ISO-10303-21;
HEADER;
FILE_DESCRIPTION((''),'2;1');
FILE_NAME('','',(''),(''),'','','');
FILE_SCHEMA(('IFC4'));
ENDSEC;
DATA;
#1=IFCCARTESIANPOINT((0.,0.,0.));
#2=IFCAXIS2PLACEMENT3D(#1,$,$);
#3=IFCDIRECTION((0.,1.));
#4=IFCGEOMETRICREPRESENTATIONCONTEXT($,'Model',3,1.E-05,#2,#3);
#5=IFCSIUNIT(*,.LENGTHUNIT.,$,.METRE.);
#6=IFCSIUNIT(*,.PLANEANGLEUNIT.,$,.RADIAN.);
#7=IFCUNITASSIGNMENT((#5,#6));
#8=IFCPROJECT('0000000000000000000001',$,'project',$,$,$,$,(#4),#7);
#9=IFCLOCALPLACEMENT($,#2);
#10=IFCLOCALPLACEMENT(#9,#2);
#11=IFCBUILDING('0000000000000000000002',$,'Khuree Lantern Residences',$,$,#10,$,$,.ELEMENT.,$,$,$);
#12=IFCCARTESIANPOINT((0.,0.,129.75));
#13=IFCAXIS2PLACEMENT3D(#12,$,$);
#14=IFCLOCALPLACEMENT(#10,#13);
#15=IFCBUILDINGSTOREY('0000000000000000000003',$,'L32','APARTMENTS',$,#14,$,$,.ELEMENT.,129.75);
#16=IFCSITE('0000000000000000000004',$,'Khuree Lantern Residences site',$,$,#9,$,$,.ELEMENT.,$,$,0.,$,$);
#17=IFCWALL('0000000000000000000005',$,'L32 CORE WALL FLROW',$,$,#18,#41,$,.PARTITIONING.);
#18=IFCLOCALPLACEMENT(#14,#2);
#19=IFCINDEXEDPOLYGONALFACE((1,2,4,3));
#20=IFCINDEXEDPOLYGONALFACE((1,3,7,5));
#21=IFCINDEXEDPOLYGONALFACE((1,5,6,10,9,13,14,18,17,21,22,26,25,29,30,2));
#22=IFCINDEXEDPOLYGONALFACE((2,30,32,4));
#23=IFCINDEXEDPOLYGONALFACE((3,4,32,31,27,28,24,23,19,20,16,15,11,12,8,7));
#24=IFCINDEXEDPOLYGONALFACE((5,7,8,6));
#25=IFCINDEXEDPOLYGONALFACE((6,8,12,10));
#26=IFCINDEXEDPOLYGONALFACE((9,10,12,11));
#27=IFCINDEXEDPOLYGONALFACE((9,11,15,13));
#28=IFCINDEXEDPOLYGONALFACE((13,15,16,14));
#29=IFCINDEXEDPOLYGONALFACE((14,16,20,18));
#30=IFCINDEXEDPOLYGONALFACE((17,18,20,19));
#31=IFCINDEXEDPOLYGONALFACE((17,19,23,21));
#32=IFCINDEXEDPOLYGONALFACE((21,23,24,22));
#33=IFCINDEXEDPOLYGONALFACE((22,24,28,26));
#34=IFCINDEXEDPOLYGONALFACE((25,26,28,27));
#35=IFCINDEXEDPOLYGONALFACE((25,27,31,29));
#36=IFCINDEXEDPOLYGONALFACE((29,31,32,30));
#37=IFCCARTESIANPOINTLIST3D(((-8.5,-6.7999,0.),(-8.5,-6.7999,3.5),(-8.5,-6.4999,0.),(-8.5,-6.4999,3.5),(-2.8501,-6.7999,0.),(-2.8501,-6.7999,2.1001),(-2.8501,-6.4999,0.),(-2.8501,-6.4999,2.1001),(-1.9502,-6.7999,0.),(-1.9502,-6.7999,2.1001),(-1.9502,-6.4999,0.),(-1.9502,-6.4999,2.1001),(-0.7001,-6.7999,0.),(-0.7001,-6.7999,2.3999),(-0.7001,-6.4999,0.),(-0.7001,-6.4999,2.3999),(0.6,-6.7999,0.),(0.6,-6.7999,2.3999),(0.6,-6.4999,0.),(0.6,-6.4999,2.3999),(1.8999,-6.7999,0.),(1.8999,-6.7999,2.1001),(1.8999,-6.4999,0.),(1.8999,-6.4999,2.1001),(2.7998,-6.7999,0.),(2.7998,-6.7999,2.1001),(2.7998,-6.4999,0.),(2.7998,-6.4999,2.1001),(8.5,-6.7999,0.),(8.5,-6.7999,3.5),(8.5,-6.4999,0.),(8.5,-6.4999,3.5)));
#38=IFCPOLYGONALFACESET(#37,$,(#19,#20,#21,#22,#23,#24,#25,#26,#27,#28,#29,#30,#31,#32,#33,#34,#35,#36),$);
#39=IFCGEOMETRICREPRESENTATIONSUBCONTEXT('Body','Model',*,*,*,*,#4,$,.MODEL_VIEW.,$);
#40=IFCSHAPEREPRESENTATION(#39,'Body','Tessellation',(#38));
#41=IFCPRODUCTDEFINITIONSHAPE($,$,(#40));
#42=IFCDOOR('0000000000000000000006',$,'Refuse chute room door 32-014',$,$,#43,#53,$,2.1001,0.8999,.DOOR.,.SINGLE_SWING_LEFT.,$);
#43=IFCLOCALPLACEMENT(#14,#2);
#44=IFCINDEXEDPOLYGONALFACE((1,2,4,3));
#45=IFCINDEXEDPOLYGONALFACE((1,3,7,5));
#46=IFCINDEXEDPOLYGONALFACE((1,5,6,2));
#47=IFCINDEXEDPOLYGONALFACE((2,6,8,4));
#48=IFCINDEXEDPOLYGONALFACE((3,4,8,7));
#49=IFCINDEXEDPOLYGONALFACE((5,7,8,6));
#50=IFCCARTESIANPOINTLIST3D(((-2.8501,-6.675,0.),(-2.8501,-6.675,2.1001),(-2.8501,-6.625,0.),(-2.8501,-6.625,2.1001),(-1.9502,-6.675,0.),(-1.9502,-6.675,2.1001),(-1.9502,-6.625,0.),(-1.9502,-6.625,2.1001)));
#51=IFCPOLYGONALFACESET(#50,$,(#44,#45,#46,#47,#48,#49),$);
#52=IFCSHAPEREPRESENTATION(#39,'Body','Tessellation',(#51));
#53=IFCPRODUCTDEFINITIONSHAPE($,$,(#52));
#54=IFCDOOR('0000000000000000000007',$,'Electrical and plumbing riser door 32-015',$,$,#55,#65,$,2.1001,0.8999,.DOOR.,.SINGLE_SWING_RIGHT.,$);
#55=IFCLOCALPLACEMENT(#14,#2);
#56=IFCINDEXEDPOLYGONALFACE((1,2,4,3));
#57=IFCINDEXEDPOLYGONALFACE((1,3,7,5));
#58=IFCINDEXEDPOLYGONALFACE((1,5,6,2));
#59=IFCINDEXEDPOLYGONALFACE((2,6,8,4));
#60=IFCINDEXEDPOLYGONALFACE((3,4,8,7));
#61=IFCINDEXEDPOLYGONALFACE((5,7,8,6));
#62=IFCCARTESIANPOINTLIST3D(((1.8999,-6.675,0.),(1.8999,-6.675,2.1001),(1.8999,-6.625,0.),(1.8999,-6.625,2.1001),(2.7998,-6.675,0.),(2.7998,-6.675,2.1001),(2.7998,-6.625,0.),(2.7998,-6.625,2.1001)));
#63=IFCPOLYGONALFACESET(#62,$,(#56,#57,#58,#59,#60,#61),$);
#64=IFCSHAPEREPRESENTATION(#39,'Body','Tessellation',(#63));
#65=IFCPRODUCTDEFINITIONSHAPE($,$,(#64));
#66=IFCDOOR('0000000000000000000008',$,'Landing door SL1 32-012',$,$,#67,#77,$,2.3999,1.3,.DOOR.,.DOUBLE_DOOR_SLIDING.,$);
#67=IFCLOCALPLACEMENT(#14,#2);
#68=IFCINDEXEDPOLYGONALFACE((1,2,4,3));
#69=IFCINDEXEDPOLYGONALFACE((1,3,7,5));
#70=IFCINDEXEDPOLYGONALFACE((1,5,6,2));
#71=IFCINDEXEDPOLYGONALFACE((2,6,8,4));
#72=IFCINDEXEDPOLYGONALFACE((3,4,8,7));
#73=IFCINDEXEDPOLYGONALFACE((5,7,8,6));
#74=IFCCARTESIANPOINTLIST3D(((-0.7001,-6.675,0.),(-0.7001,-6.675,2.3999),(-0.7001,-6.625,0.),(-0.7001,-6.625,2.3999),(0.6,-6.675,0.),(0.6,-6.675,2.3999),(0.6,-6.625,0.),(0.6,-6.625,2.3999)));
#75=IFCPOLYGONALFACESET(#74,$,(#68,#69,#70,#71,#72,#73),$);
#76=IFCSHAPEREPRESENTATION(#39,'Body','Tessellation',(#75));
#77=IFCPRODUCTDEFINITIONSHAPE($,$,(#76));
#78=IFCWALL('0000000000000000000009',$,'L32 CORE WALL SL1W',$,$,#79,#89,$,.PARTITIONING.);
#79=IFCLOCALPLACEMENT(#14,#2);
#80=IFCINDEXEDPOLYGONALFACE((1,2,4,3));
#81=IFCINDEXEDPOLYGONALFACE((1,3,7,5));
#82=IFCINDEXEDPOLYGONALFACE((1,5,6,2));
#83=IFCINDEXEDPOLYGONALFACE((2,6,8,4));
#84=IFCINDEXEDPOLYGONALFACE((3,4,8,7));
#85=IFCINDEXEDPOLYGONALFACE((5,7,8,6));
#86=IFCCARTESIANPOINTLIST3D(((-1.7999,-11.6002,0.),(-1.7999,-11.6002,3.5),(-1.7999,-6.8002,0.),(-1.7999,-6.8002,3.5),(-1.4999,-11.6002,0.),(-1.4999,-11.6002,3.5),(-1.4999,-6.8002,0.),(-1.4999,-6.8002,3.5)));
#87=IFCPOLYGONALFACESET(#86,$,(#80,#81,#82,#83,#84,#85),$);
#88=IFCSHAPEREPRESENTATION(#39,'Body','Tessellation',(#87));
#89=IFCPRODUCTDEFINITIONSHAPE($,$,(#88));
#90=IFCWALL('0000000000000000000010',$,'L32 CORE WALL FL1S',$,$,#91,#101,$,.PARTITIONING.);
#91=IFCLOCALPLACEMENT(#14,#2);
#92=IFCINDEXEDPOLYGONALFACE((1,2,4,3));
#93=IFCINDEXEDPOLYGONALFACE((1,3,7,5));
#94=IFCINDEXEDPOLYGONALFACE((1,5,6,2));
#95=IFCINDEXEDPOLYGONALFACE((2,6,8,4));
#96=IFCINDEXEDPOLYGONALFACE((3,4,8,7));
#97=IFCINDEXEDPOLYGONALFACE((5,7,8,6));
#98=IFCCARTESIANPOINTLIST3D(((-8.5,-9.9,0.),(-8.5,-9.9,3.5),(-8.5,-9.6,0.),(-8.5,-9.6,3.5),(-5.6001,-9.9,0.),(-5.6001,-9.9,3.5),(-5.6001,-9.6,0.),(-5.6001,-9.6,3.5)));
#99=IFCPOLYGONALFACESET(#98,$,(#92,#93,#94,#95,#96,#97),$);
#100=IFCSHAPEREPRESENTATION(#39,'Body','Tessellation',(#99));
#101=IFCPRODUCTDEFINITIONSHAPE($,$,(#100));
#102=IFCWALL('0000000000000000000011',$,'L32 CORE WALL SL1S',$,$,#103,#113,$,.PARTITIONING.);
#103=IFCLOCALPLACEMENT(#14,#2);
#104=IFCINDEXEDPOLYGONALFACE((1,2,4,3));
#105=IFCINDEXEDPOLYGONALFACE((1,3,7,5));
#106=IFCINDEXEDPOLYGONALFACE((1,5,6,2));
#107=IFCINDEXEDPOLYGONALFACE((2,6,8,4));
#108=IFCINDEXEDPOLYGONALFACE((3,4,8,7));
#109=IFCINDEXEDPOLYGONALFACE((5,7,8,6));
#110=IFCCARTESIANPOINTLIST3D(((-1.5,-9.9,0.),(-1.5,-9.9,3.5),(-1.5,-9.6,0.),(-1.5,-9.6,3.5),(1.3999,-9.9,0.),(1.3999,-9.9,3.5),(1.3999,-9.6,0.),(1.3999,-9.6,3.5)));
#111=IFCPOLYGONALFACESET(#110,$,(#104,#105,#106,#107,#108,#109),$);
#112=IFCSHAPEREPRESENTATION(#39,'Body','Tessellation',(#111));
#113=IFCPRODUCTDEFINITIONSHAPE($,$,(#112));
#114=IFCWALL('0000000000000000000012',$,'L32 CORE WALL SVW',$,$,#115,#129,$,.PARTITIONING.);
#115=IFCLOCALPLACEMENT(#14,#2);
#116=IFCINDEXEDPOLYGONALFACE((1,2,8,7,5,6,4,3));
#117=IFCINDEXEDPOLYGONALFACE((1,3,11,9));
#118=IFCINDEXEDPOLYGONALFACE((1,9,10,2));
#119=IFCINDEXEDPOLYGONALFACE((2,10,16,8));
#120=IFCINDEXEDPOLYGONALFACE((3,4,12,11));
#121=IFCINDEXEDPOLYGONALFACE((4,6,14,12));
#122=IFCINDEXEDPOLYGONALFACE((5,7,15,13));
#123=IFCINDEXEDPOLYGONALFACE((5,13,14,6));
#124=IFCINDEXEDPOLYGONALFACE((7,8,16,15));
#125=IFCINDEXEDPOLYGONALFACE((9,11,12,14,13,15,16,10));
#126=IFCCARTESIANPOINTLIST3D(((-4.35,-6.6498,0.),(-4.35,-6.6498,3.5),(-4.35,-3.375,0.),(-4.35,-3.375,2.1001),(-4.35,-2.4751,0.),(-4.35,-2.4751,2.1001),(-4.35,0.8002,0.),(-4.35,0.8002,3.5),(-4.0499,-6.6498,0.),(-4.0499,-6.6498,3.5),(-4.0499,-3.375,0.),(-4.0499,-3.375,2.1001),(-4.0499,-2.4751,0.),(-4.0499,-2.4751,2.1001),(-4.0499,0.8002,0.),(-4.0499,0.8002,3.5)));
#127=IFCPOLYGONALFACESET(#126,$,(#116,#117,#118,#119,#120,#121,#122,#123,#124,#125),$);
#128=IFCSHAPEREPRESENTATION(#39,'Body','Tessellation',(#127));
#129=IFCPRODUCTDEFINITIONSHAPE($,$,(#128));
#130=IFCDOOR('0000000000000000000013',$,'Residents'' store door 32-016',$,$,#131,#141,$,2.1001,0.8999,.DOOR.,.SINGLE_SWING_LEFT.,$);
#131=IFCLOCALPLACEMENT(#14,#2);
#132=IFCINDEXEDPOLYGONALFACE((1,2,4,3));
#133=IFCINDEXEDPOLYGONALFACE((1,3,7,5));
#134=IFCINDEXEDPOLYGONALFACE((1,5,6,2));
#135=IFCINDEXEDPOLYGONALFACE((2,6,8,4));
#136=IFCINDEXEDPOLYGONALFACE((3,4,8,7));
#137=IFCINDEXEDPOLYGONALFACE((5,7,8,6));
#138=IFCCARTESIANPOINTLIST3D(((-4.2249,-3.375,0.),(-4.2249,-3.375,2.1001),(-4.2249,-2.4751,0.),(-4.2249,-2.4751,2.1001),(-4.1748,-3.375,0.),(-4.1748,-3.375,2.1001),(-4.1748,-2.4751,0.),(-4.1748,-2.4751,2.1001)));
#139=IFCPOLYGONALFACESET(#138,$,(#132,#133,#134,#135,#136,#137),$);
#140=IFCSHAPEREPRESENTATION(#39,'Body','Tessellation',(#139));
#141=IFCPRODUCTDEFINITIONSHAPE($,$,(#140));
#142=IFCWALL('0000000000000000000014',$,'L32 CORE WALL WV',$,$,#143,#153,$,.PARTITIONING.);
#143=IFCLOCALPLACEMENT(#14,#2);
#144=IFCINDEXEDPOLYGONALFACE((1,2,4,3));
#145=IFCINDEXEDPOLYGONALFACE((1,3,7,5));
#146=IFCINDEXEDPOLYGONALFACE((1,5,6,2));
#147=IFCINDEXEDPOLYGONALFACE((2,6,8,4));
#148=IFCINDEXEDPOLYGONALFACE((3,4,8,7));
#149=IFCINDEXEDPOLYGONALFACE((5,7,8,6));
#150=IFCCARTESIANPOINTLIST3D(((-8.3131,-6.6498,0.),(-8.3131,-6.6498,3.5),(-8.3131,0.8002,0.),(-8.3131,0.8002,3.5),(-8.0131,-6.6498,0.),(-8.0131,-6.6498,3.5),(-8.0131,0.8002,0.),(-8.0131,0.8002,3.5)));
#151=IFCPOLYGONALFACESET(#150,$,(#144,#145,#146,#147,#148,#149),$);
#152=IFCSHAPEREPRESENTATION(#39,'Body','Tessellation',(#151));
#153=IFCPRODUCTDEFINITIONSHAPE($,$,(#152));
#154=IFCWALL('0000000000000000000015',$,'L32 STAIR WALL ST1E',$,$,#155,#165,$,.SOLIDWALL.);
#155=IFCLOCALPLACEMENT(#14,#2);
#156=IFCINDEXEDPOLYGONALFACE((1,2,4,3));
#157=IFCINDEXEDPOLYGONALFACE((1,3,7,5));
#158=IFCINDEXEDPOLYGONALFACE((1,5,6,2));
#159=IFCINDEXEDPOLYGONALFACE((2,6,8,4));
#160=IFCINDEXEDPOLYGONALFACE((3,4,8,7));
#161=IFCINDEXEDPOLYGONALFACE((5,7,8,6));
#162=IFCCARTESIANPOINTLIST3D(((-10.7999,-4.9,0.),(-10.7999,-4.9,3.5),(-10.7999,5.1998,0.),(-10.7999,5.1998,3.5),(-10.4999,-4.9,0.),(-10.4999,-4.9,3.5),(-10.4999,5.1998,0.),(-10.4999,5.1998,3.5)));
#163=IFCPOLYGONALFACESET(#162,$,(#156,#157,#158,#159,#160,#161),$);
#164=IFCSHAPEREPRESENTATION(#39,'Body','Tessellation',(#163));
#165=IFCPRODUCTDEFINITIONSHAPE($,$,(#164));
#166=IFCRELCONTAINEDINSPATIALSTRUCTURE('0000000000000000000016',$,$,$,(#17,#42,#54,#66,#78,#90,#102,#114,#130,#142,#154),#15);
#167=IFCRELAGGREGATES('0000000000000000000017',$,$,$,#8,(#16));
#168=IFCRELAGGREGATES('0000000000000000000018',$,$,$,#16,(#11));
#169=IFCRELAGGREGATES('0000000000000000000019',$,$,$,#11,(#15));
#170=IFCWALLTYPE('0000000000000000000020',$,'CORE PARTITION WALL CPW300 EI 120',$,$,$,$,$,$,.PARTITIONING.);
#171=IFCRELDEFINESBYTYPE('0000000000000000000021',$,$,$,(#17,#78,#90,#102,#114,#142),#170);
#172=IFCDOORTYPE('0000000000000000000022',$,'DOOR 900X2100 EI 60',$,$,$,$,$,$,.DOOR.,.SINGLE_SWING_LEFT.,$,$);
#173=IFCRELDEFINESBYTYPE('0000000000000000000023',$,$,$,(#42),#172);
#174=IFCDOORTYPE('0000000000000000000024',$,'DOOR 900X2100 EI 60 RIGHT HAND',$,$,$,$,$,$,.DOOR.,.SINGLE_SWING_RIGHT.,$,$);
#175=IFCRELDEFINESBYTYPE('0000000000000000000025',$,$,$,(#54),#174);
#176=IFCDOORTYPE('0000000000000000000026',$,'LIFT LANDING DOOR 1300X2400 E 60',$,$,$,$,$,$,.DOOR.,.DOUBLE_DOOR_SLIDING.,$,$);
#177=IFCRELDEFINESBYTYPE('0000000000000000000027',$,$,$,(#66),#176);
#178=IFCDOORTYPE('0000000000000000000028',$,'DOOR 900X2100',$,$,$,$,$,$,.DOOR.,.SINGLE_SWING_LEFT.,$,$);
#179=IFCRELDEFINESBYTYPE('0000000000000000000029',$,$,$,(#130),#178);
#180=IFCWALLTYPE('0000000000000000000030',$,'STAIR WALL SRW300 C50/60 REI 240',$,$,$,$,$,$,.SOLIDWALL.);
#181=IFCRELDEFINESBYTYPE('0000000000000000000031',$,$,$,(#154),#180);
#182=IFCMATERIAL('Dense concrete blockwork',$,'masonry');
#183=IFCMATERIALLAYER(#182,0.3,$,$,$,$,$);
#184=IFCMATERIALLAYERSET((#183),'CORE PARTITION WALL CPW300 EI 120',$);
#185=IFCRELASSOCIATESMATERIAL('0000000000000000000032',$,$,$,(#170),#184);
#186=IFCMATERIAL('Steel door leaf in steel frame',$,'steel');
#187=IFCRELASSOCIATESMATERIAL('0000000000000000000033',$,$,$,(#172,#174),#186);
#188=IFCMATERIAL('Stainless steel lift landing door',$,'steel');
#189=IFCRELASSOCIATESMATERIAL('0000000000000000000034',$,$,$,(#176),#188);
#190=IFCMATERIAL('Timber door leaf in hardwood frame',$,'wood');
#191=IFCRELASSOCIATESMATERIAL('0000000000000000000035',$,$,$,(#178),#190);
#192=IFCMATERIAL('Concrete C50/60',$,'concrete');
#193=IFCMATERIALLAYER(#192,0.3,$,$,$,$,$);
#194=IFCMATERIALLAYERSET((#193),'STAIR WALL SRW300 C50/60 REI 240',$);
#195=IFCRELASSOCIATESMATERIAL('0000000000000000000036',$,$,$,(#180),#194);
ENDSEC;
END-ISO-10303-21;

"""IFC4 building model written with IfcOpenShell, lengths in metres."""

from ifc_helpers import new_model, si_unit, direction, frame, frame_2d, origin, place, context, subcontext, project, spatial, rectangle, extrude, material, layer, layer_set, type_object, element, fill, save


model = new_model("IFC4")

# Units and contexts
model_context = context("Model", 3, precision=1e-05, world=origin(), true_north=direction((0.0, 1.0)))
body_context = subcontext(model_context, "Body", "Model", "MODEL_VIEW")
ifc_project = project(units=[si_unit("LENGTHUNIT", "METRE"), si_unit("PLANEANGLEUNIT", "RADIAN")], contexts=[model_context])

# Site, building, storey
site_placement = place(None, origin())
site = spatial("IfcSite", under=ifc_project, at=site_placement, Name="Khuree Lantern Residences site", CompositionType="ELEMENT", RefElevation=0.0)
building_placement = place(site_placement, origin())
building = spatial("IfcBuilding", under=site, at=building_placement, Name="Khuree Lantern Residences", CompositionType="ELEMENT")
storey_placement = place(building_placement, frame((0.0, 0.0, 129.75)))
storey = spatial("IfcBuildingStorey", under=building, at=storey_placement, Name="L32", Description="APARTMENTS", CompositionType="ELEMENT", Elevation=129.75)

# Wall, openings, doors
ifc_material_1 = material(Name="Dense concrete blockwork", Category="masonry")
ifc_layer_1 = layer(ifc_material_1, 0.3)
ifc_layer_set_1 = layer_set([ifc_layer_1], Name="CORE PARTITION WALL CPW300 EI 120")
wall_type_1 = type_object("IfcWallType", Name="CORE PARTITION WALL CPW300 EI 120", PredefinedType="PARTITIONING", material=ifc_layer_set_1)
wall_1_placement = place(storey_placement, frame((-8.5, -6.6499, 0.0), z_axis=(0.0, 0.0, 1.0), x_axis=(1.0, 0.0, 0.0)))
wall_1 = element("IfcWall", 1, at=wall_1_placement, inside=storey, type_object=wall_type_1, Name="L32 CORE WALL FLROW", PredefinedType="PARTITIONING", context=body_context, shape_type="SweptSolid", body=[
    extrude(rectangle(XDim=17.0, YDim=0.3, at=frame_2d((8.5, 0.0))), origin(), (0.0, 0.0, 1.0), 3.5),
])
opening_1_placement = place(wall_1_placement, frame((7.8, 0.0, 0.0)))
opening_1 = element("IfcOpeningElement", 2, at=opening_1_placement, cuts=wall_1, PredefinedType="OPENING", context=body_context, shape_type="SweptSolid", body=[
    extrude(rectangle(XDim=1.3, YDim=2.3999, at=frame_2d((0.6499, 1.2))), frame((0.0, 0.1602, 0.0), z_axis=(0.0, -1.0, 0.0), x_axis=(1.0, 0.0, 0.0)), (0.0, 0.0, 1.0), 0.3201),
])
opening_2_placement = place(wall_1_placement, frame((5.6499, 0.0, 0.0)))
opening_2 = element("IfcOpeningElement", 3, at=opening_2_placement, cuts=wall_1, PredefinedType="OPENING", context=body_context, shape_type="SweptSolid", body=[
    extrude(rectangle(XDim=0.8999, YDim=2.1001, at=frame_2d((0.45, 1.05))), frame((0.0, 0.1602, 0.0), z_axis=(0.0, -1.0, 0.0), x_axis=(1.0, 0.0, 0.0)), (0.0, 0.0, 1.0), 0.3201),
])
opening_3_placement = place(wall_1_placement, frame((10.3999, 0.0, 0.0)))
opening_3 = element("IfcOpeningElement", 4, at=opening_3_placement, cuts=wall_1, PredefinedType="OPENING", context=body_context, shape_type="SweptSolid", body=[
    extrude(rectangle(XDim=0.8999, YDim=2.1001, at=frame_2d((0.45, 1.05))), frame((0.0, 0.1602, 0.0), z_axis=(0.0, -1.0, 0.0), x_axis=(1.0, 0.0, 0.0)), (0.0, 0.0, 1.0), 0.3201),
])
ifc_material_2 = material(Name="Steel door leaf in steel frame", Category="steel")
door_type_1 = type_object("IfcDoorType", Name="DOOR 900X2100 EI 60", OperationType="SINGLE_SWING_LEFT", PredefinedType="DOOR", material=ifc_material_2)
door_1_placement = place(opening_2_placement, origin())
door_1 = element("IfcDoor", 5, at=door_1_placement, inside=storey, type_object=door_type_1, Name="Refuse chute room door 32-014", OperationType="SINGLE_SWING_LEFT", OverallHeight=2.1001, OverallWidth=0.8999, PredefinedType="DOOR", context=body_context, shape_type="SweptSolid", body=[
    extrude(rectangle(XDim=0.8999, YDim=2.1001, at=frame_2d((0.45, 1.05))), frame((0.0, 0.0249, 0.0), z_axis=(0.0, -1.0, 0.0), x_axis=(1.0, 0.0, 0.0)), (0.0, 0.0, 1.0), 0.05),
])
fill(opening_2, door_1)
door_type_2 = type_object("IfcDoorType", Name="DOOR 900X2100 EI 60 RIGHT HAND", OperationType="SINGLE_SWING_RIGHT", PredefinedType="DOOR", material=ifc_material_2)
door_2_placement = place(opening_3_placement, origin())
door_2 = element("IfcDoor", 6, at=door_2_placement, inside=storey, type_object=door_type_2, Name="Electrical and plumbing riser door 32-015", OperationType="SINGLE_SWING_RIGHT", OverallHeight=2.1001, OverallWidth=0.8999, PredefinedType="DOOR", context=body_context, shape_type="SweptSolid", body=[
    extrude(rectangle(XDim=0.8999, YDim=2.1001, at=frame_2d((0.45, 1.05))), frame((0.0, 0.0249, 0.0), z_axis=(0.0, -1.0, 0.0), x_axis=(1.0, 0.0, 0.0)), (0.0, 0.0, 1.0), 0.05),
])
fill(opening_3, door_2)
ifc_material_3 = material(Name="Stainless steel lift landing door", Category="steel")
door_type_3 = type_object("IfcDoorType", Name="LIFT LANDING DOOR 1300X2400 E 60", OperationType="DOUBLE_DOOR_SLIDING", PredefinedType="DOOR", material=ifc_material_3)
door_3_placement = place(opening_1_placement, origin())
door_3 = element("IfcDoor", 7, at=door_3_placement, inside=storey, type_object=door_type_3, Name="Landing door SL1 32-012", OperationType="DOUBLE_DOOR_SLIDING", OverallHeight=2.3999, OverallWidth=1.3, PredefinedType="DOOR", context=body_context, shape_type="SweptSolid", body=[
    extrude(rectangle(XDim=1.3, YDim=2.3999, at=frame_2d((0.6499, 1.2))), frame((0.0, 0.0249, 0.0), z_axis=(0.0, -1.0, 0.0), x_axis=(1.0, 0.0, 0.0)), (0.0, 0.0, 1.0), 0.05),
])
fill(opening_1, door_3)

# Walls
wall_2_placement = place(storey_placement, frame((-1.6499, -11.6001, 0.0), z_axis=(0.0, 0.0, 1.0), x_axis=(0.0, 1.0, 0.0)))
element("IfcWall", 8, at=wall_2_placement, inside=storey, type_object=wall_type_1, Name="L32 CORE WALL SL1W", PredefinedType="PARTITIONING", context=body_context, shape_type="SweptSolid", body=[
    extrude(rectangle(XDim=4.8, YDim=0.3, at=frame_2d((2.3999, 0.0))), origin(), (0.0, 0.0, 1.0), 3.5),
])
for number, where, z_axis, x_axis, name in (
    (9, (-8.5, -9.75, 0.0), (0.0, 0.0, 1.0), (1.0, 0.0, 0.0), "L32 CORE WALL FL1S"),
    (10, (-1.5, -9.75, 0.0), (0.0, 0.0, 1.0), (1.0, 0.0, 0.0), "L32 CORE WALL SL1S"),
):
    element("IfcWall", number, at=place(storey_placement, frame(where, z_axis=z_axis, x_axis=x_axis)), inside=storey, type_object=wall_type_1, Name=name, PredefinedType="PARTITIONING", context=body_context, shape_type="SweptSolid", body=[
        extrude(rectangle(XDim=2.8999, YDim=0.3, at=frame_2d((1.45, 0.0))), origin(), (0.0, 0.0, 1.0), 3.5),
    ])

# Wall, opening, door
wall_3_placement = place(storey_placement, frame((-4.2, -6.6499, 0.0), z_axis=(0.0, 0.0, 1.0), x_axis=(0.0, 1.0, 0.0)))
wall_3 = element("IfcWall", 11, at=wall_3_placement, inside=storey, type_object=wall_type_1, Name="L32 CORE WALL SVW", PredefinedType="PARTITIONING", context=body_context, shape_type="SweptSolid", body=[
    extrude(rectangle(XDim=7.45, YDim=0.3, at=frame_2d((3.7251, 0.0))), origin(), (0.0, 0.0, 1.0), 3.5),
])
opening_4_placement = place(wall_3_placement, frame((3.2749, 0.0, 0.0)))
opening_4 = element("IfcOpeningElement", 12, at=opening_4_placement, cuts=wall_3, PredefinedType="OPENING", context=body_context, shape_type="SweptSolid", body=[
    extrude(rectangle(XDim=0.8999, YDim=2.1001, at=frame_2d((0.45, 1.05))), frame((0.0, 0.1602, 0.0), z_axis=(0.0, -1.0, 0.0), x_axis=(1.0, 0.0, 0.0)), (0.0, 0.0, 1.0), 0.3201),
])
ifc_material_4 = material(Name="Timber door leaf in hardwood frame", Category="wood")
door_type_4 = type_object("IfcDoorType", Name="DOOR 900X2100", OperationType="SINGLE_SWING_LEFT", PredefinedType="DOOR", material=ifc_material_4)
door_4_placement = place(opening_4_placement, origin())
door_4 = element("IfcDoor", 13, at=door_4_placement, inside=storey, type_object=door_type_4, Name="Residents' store door 32-016", OperationType="SINGLE_SWING_LEFT", OverallHeight=2.1001, OverallWidth=0.8999, PredefinedType="DOOR", context=body_context, shape_type="SweptSolid", body=[
    extrude(rectangle(XDim=0.8999, YDim=2.1001, at=frame_2d((0.45, 1.05))), frame((0.0, 0.0249, 0.0), z_axis=(0.0, -1.0, 0.0), x_axis=(1.0, 0.0, 0.0)), (0.0, 0.0, 1.0), 0.05),
])
fill(opening_4, door_4)

# Walls
wall_4_placement = place(storey_placement, frame((-8.1631, -6.6499, 0.0), z_axis=(0.0, 0.0, 1.0), x_axis=(0.0, 1.0, 0.0)))
element("IfcWall", 14, at=wall_4_placement, inside=storey, type_object=wall_type_1, Name="L32 CORE WALL WV", PredefinedType="PARTITIONING", context=body_context, shape_type="SweptSolid", body=[
    extrude(rectangle(XDim=7.45, YDim=0.3, at=frame_2d((3.7251, 0.0))), origin(), (0.0, 0.0, 1.0), 3.5),
])
ifc_material_5 = material(Name="Concrete C50/60", Category="concrete")
ifc_layer_2 = layer(ifc_material_5, 0.3)
ifc_layer_set_2 = layer_set([ifc_layer_2], Name="STAIR WALL SRW300 C50/60 REI 240")
wall_type_2 = type_object("IfcWallType", Name="STAIR WALL SRW300 C50/60 REI 240", PredefinedType="SOLIDWALL", material=ifc_layer_set_2)
wall_5_placement = place(storey_placement, frame((-10.6499, -4.8999, 0.0), z_axis=(0.0, 0.0, 1.0), x_axis=(0.0, 1.0, 0.0)))
element("IfcWall", 15, at=wall_5_placement, inside=storey, type_object=wall_type_2, Name="L32 STAIR WALL ST1E", PredefinedType="SOLIDWALL", context=body_context, shape_type="SweptSolid", body=[
    extrude(rectangle(XDim=10.0999, YDim=0.3, at=frame_2d((5.0498, 0.0))), origin(), (0.0, 0.0, 1.0), 3.5),
])

save(model, "model.ifc")
